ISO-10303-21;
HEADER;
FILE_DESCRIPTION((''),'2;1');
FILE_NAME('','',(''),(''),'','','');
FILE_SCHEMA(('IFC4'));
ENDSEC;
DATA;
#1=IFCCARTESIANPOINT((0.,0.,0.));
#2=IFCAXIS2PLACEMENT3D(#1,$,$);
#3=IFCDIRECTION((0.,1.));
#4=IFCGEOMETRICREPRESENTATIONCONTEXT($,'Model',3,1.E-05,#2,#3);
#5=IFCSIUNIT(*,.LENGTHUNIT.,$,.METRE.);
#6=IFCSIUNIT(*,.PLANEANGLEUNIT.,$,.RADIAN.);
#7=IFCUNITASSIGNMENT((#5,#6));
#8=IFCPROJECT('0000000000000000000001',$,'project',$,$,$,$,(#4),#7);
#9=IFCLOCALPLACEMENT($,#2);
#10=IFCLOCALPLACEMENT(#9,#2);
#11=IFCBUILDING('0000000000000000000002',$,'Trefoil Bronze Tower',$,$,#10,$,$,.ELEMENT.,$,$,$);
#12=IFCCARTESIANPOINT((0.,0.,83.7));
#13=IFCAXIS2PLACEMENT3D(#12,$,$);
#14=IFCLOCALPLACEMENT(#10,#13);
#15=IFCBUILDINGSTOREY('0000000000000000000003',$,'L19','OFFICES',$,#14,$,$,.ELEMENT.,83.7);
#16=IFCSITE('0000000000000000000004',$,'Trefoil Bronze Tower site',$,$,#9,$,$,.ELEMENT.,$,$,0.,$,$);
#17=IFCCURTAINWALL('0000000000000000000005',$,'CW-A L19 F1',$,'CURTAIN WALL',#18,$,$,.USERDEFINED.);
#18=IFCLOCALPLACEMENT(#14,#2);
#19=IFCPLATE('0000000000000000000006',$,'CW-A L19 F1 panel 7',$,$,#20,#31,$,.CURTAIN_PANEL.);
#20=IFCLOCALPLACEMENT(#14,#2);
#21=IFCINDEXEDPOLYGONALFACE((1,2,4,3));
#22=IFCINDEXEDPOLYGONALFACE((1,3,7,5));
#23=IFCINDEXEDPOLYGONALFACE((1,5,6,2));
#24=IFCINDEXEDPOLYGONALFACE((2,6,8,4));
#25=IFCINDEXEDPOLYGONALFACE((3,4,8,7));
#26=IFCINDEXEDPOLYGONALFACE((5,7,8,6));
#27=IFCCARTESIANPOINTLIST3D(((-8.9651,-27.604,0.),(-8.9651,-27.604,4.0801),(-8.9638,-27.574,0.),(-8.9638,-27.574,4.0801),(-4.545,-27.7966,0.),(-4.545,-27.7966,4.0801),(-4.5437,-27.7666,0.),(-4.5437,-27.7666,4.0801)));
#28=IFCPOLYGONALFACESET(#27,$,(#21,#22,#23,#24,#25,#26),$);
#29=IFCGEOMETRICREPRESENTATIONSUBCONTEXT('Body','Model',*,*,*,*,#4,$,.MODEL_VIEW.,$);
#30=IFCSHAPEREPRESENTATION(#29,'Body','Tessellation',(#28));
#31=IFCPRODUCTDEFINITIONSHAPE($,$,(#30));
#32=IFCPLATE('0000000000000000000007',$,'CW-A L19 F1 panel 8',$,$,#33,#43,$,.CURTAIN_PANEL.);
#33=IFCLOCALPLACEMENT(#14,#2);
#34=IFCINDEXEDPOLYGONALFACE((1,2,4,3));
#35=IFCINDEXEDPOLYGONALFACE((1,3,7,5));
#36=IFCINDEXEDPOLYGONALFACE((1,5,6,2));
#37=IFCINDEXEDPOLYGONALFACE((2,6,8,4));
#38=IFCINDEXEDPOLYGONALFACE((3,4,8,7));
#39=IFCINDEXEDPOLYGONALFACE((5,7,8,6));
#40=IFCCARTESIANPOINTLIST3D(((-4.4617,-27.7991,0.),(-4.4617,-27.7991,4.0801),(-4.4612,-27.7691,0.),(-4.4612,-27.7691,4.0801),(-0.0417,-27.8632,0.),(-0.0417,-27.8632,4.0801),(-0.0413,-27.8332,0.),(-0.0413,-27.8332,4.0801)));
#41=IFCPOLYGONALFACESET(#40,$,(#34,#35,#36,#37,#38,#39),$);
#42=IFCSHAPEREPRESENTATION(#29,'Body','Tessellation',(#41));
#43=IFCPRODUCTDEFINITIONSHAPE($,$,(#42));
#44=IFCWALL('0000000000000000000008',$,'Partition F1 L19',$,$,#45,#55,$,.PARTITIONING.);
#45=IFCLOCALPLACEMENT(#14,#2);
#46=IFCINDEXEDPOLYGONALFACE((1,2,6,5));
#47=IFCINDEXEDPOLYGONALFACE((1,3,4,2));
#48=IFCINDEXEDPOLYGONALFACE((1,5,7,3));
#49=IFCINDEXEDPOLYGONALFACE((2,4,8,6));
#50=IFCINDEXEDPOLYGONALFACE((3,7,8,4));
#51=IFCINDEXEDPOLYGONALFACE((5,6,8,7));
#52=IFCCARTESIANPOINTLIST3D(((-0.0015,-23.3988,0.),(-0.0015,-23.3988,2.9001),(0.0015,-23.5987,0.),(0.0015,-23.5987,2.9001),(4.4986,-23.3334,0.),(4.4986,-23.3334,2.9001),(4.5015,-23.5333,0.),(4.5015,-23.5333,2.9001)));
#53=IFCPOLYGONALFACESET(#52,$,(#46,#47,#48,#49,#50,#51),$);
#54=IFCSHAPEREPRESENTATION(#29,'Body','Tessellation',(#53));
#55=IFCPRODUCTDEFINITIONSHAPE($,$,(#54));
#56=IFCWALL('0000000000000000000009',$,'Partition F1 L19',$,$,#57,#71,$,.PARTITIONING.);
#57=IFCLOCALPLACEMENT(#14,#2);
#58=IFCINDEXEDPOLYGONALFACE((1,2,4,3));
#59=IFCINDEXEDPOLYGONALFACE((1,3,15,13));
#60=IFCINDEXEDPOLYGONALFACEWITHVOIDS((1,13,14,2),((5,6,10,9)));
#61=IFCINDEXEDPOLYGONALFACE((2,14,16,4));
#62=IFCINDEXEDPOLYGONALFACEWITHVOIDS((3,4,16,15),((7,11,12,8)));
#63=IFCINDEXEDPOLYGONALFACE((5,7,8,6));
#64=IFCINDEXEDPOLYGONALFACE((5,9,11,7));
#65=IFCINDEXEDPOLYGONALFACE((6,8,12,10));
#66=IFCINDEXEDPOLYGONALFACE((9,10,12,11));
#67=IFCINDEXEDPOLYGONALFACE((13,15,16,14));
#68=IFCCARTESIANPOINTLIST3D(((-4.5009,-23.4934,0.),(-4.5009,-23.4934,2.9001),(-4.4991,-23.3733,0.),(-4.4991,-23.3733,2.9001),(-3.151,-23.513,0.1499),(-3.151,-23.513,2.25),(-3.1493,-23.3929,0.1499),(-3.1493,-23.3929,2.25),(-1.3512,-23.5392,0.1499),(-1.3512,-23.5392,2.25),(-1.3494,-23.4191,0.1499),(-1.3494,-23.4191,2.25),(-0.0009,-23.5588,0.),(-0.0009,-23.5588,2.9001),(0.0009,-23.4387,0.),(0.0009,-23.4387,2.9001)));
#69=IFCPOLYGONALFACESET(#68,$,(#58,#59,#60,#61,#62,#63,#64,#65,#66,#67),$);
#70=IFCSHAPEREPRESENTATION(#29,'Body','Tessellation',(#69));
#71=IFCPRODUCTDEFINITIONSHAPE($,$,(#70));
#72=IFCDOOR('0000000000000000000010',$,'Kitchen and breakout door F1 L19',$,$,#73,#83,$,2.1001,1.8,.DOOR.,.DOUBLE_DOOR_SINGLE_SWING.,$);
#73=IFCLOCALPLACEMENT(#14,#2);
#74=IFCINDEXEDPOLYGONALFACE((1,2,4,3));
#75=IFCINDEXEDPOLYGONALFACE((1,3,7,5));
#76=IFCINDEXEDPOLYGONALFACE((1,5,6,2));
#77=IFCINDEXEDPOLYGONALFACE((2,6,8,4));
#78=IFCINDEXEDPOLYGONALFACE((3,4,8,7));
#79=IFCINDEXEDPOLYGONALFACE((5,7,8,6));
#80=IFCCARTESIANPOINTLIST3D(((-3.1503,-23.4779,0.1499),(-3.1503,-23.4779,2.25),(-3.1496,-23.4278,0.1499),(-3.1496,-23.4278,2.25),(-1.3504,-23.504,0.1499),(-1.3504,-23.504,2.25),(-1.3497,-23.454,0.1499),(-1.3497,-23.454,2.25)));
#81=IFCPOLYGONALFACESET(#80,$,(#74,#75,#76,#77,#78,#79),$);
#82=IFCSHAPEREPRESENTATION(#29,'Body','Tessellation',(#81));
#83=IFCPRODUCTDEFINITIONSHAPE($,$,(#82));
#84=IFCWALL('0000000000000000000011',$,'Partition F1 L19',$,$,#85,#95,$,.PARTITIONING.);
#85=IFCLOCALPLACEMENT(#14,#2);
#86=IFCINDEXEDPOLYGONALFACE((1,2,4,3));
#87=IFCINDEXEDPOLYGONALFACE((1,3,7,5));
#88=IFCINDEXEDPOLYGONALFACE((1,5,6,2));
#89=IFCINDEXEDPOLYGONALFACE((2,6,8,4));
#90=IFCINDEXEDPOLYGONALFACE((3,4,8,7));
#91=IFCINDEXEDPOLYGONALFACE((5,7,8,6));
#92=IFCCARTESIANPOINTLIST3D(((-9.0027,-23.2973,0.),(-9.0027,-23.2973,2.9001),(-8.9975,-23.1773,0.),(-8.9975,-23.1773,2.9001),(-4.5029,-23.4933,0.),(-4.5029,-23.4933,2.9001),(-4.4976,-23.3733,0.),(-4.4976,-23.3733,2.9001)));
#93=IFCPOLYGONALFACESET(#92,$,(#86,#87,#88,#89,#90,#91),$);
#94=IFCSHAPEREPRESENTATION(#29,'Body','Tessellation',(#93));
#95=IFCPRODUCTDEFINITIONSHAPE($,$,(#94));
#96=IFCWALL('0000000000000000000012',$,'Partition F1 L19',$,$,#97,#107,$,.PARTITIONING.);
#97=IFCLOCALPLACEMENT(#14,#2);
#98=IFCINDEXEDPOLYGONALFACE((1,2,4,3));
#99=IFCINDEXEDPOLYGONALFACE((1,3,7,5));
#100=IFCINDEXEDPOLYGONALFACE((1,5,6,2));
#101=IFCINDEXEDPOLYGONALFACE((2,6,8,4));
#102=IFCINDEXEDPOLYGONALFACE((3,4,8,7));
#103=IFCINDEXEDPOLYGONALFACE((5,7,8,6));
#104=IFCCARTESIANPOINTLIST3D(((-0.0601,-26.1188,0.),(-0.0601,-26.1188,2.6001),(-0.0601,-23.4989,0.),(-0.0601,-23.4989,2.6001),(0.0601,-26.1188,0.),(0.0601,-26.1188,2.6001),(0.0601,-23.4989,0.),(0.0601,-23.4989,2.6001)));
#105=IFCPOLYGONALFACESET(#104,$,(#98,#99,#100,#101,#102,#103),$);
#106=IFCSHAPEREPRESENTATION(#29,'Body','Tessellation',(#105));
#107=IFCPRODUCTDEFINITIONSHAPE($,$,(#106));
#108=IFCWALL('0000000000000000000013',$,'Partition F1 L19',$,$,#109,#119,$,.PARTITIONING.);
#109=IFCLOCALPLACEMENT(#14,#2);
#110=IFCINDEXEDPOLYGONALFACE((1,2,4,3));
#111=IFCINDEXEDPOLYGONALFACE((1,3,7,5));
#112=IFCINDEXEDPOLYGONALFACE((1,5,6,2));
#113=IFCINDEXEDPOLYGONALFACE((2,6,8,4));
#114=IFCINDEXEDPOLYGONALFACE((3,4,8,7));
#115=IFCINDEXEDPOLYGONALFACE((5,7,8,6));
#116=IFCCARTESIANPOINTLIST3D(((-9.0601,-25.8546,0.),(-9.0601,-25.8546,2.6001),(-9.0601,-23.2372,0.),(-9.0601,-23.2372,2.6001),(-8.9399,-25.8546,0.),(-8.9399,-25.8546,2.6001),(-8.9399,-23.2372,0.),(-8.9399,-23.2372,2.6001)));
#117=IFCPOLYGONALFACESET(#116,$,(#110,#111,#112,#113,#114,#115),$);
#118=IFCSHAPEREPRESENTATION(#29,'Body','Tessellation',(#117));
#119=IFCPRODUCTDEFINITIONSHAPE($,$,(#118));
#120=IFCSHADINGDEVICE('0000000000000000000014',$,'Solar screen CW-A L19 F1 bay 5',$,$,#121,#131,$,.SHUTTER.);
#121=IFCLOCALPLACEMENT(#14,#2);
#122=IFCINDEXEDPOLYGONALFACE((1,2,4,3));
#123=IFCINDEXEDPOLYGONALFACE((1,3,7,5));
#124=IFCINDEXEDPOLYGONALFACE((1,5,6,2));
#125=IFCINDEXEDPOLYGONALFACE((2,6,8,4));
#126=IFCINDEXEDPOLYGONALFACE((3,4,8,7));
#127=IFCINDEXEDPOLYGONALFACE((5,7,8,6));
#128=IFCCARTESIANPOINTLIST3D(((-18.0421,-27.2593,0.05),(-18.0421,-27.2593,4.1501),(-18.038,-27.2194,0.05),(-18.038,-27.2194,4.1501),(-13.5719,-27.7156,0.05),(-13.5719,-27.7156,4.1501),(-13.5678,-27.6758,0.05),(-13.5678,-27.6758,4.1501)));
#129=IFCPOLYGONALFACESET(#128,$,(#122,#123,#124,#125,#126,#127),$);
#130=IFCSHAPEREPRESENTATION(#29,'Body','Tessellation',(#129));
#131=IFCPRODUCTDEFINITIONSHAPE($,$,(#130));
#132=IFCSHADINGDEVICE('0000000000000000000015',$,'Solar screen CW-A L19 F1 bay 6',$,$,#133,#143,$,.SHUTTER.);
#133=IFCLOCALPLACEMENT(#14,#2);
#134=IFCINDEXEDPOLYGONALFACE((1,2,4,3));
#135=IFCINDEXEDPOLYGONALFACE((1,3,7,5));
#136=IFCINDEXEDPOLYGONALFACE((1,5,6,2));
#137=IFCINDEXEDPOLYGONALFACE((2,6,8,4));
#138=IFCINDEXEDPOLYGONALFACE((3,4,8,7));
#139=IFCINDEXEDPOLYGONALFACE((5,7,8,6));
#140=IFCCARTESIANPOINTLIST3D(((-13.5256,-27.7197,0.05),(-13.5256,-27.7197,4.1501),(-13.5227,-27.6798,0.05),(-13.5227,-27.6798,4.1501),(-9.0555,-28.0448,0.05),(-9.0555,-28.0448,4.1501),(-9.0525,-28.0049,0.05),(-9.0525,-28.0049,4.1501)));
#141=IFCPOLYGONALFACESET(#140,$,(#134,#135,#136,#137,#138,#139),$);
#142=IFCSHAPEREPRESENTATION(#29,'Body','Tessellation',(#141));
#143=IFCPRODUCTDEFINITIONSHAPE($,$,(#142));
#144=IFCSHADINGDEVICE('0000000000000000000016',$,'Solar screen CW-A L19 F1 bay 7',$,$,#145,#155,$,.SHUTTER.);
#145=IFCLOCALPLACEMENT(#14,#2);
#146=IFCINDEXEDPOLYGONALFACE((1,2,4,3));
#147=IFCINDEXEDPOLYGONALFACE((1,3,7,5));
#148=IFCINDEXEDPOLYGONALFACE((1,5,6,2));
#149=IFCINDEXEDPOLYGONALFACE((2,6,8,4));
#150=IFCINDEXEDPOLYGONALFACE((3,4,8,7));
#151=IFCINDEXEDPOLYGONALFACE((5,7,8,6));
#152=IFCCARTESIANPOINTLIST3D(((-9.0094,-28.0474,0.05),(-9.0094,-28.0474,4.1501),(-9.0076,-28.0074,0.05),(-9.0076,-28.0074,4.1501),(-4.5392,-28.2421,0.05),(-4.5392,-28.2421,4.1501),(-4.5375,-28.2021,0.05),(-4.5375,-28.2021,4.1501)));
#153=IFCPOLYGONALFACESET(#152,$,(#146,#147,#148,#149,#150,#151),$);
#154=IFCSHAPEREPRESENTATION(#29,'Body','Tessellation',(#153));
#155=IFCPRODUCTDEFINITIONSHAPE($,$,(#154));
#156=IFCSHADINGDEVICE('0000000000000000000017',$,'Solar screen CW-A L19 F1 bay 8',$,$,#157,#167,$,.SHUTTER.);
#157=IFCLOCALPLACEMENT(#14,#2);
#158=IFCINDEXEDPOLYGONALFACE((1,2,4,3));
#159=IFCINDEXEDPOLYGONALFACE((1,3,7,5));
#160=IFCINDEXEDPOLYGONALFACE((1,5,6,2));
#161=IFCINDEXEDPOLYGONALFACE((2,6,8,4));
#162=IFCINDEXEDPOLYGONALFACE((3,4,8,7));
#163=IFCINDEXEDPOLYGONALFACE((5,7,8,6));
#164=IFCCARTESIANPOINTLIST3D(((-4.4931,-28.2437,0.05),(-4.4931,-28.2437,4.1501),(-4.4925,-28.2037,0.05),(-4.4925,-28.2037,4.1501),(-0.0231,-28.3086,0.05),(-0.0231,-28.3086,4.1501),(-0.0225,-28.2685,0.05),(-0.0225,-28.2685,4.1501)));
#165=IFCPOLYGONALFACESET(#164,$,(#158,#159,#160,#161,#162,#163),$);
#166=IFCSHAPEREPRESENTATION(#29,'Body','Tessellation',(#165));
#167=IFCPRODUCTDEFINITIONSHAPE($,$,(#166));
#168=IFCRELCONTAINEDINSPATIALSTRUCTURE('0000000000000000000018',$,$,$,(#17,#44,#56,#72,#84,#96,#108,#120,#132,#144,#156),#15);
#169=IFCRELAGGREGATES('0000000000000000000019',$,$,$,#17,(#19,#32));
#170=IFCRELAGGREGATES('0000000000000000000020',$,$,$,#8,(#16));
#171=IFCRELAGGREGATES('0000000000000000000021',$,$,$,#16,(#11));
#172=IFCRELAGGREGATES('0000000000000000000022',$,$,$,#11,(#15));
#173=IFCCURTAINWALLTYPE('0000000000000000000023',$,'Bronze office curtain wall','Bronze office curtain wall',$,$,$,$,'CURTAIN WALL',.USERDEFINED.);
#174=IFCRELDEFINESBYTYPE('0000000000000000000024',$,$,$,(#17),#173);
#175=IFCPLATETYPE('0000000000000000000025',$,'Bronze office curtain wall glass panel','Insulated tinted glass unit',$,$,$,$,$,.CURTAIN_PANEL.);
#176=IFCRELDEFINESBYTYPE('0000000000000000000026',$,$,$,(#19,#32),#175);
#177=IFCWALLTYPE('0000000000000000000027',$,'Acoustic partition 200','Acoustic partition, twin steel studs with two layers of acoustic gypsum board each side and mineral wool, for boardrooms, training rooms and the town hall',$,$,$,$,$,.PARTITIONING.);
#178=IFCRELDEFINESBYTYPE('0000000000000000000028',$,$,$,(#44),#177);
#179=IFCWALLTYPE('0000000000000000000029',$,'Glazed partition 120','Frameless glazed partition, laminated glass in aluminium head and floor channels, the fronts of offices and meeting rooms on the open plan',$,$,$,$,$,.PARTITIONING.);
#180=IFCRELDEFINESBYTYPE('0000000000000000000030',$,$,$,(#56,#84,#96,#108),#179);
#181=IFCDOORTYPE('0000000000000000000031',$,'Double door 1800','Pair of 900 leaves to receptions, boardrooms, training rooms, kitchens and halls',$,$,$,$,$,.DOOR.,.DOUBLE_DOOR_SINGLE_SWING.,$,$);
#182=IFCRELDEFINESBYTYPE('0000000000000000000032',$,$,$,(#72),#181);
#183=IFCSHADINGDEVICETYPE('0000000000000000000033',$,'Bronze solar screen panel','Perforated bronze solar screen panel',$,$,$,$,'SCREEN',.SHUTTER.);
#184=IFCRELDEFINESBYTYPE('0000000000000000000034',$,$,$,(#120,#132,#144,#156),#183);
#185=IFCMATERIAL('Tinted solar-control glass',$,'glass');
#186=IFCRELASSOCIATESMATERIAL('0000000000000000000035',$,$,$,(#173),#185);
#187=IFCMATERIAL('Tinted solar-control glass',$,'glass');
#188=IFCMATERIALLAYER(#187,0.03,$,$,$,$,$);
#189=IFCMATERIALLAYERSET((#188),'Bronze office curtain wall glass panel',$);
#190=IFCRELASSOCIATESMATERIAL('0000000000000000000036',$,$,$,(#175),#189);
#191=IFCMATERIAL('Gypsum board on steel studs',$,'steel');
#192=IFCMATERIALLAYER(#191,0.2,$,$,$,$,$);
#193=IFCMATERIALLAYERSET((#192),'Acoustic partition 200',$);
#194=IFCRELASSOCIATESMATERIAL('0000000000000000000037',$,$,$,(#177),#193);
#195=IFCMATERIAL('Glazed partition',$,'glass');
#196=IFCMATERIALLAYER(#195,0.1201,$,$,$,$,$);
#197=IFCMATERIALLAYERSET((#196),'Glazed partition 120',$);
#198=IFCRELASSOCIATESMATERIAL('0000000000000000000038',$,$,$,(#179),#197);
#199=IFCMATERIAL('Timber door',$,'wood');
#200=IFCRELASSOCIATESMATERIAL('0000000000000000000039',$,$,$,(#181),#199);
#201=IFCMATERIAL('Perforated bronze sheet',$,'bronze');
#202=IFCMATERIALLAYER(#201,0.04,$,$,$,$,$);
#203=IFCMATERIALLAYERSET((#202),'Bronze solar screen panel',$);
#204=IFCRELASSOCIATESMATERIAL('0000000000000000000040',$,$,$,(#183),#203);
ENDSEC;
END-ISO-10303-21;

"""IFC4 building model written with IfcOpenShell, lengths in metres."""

from ifc_helpers import new_model, si_unit, direction, frame, frame_2d, origin, origin_2d, place, context, subcontext, project, spatial, rectangle, extrude, material, layer, layer_set, type_object, element, fill, aggregate, save


model = new_model("IFC4")

# Units and contexts
model_context = context("Model", 3, precision=1e-05, world=origin(), true_north=direction((0.0, 1.0)))
body_context = subcontext(model_context, "Body", "Model", "MODEL_VIEW")
ifc_project = project(units=[si_unit("LENGTHUNIT", "METRE"), si_unit("PLANEANGLEUNIT", "RADIAN")], contexts=[model_context])

# Site, building, storey
site_placement = place(None, origin())
site = spatial("IfcSite", under=ifc_project, at=site_placement, Name="Trefoil Bronze Tower site", CompositionType="ELEMENT", RefElevation=0.0)
building_placement = place(site_placement, origin())
building = spatial("IfcBuilding", under=site, at=building_placement, Name="Trefoil Bronze Tower", CompositionType="ELEMENT")
storey_placement = place(building_placement, frame((0.0, 0.0, 83.7)))
storey = spatial("IfcBuildingStorey", under=building, at=storey_placement, Name="L19", Description="OFFICES", CompositionType="ELEMENT", Elevation=83.7)

# Curtain wall
ifc_material_1 = material(Name="Tinted solar-control glass", Category="glass")
curtain_wall_type = type_object("IfcCurtainWallType", Name="Bronze office curtain wall", Description="Bronze office curtain wall", ElementType="CURTAIN WALL", PredefinedType="USERDEFINED", material=ifc_material_1)
curtain_wall_placement = place(storey_placement, origin())
curtain_wall = element("IfcCurtainWall", 1, at=curtain_wall_placement, inside=storey, type_object=curtain_wall_type, Name="CW-A L19 F1", ObjectType="CURTAIN WALL", PredefinedType="USERDEFINED")

# Plates
ifc_material_2 = material(Name="Tinted solar-control glass", Category="glass")
ifc_layer_1 = layer(ifc_material_2, 0.03)
ifc_layer_set_1 = layer_set([ifc_layer_1], Name="Bronze office curtain wall glass panel")
plate_type = type_object("IfcPlateType", Name="Bronze office curtain wall glass panel", Description="Insulated tinted glass unit", PredefinedType="CURTAIN_PANEL", material=ifc_layer_set_1)
plate_1_placement = place(storey_placement, frame((-6.7544, -27.6853, 0.0), z_axis=(0.0, 0.0, 1.0), x_axis=(0.999052, -0.043528, 0.0)))
plate_1 = element("IfcPlate", 2, at=plate_1_placement, type_object=plate_type, Name="CW-A L19 F1 panel 7", PredefinedType="CURTAIN_PANEL", context=body_context, shape_type="SweptSolid", body=[
    extrude(rectangle(XDim=4.4243, YDim=0.03, at=origin_2d()), origin(), (0.0, 0.0, 1.0), 4.0801),
])
plate_2_placement = place(storey_placement, frame((-2.2515, -27.8162, 0.0), z_axis=(0.0, 0.0, 1.0), x_axis=(0.999895, -0.014509, 0.0)))
plate_2 = element("IfcPlate", 3, at=plate_2_placement, type_object=plate_type, Name="CW-A L19 F1 panel 8", PredefinedType="CURTAIN_PANEL", context=body_context, shape_type="SweptSolid", body=[
    extrude(rectangle(XDim=4.4204, YDim=0.03, at=origin_2d()), origin(), (0.0, 0.0, 1.0), 4.0801),
])
aggregate(curtain_wall, [plate_1, plate_2])

# Wall
ifc_material_3 = material(Name="Gypsum board on steel studs", Category="steel")
ifc_layer_2 = layer(ifc_material_3, 0.2)
ifc_layer_set_2 = layer_set([ifc_layer_2], Name="Acoustic partition 200")
wall_type_1 = type_object("IfcWallType", Name="Acoustic partition 200", Description="Acoustic partition, twin steel studs with two layers of acoustic gypsum board each side and mineral wool, for boardrooms, training rooms and the town hall", PredefinedType="PARTITIONING", material=ifc_layer_set_2)
wall_1_placement = place(storey_placement, frame((0.0, -23.4988, 0.0), z_axis=(0.0, 0.0, 1.0), x_axis=(0.999894, 0.014538, 0.0)))
element("IfcWall", 4, at=wall_1_placement, inside=storey, type_object=wall_type_1, Name="Partition F1 L19", PredefinedType="PARTITIONING", context=body_context, shape_type="SweptSolid", body=[
    extrude(rectangle(XDim=4.5005, YDim=0.2, at=frame_2d((2.2502, 0.0))), origin(), (0.0, 0.0, 1.0), 2.9001),
])

# Wall, opening, door
ifc_material_4 = material(Name="Glazed partition", Category="glass")
ifc_layer_3 = layer(ifc_material_4, 0.1201)
ifc_layer_set_3 = layer_set([ifc_layer_3], Name="Glazed partition 120")
wall_type_2 = type_object("IfcWallType", Name="Glazed partition 120", Description="Frameless glazed partition, laminated glass in aluminium head and floor channels, the fronts of offices and meeting rooms on the open plan", PredefinedType="PARTITIONING", material=ifc_layer_set_3)
wall_2_placement = place(storey_placement, frame((-4.5, -23.4333, 0.0), z_axis=(0.0, 0.0, 1.0), x_axis=(0.999894, -0.014538, 0.0)))
wall_2 = element("IfcWall", 5, at=wall_2_placement, inside=storey, type_object=wall_type_2, Name="Partition F1 L19", PredefinedType="PARTITIONING", context=body_context, shape_type="SweptSolid", body=[
    extrude(rectangle(XDim=4.5005, YDim=0.1201, at=frame_2d((2.2502, 0.0))), origin(), (0.0, 0.0, 1.0), 2.9001),
])
opening_placement = place(wall_2_placement, frame((1.3501, 0.0, 0.1499)))
opening = element("IfcOpeningElement", 6, at=opening_placement, cuts=wall_2, PredefinedType="OPENING", context=body_context, shape_type="SweptSolid", body=[
    extrude(rectangle(XDim=1.8, YDim=2.1001, at=frame_2d((0.8999, 1.05))), frame((0.0, 0.0701, 0.0), z_axis=(0.0, -1.0, 0.0), x_axis=(1.0, 0.0, 0.0)), (0.0, 0.0, 1.0), 0.1401),
])
ifc_material_5 = material(Name="Timber door", Category="wood")
door_type = type_object("IfcDoorType", Name="Double door 1800", Description="Pair of 900 leaves to receptions, boardrooms, training rooms, kitchens and halls", OperationType="DOUBLE_DOOR_SINGLE_SWING", PredefinedType="DOOR", material=ifc_material_5)
door_placement = place(opening_placement, frame((1.8, 0.0, 0.0), z_axis=(0.0, 0.0, 1.0), x_axis=(-1.0, 0.0, 0.0)))
door = element("IfcDoor", 7, at=door_placement, inside=storey, type_object=door_type, Name="Kitchen and breakout door F1 L19", OperationType="DOUBLE_DOOR_SINGLE_SWING", OverallHeight=2.1001, OverallWidth=1.8, PredefinedType="DOOR", context=body_context, shape_type="SweptSolid", body=[
    extrude(rectangle(XDim=1.8, YDim=2.1001, at=frame_2d((0.8999, 1.05))), frame((0.0, 0.0249, 0.0), z_axis=(0.0, -1.0, 0.0), x_axis=(1.0, 0.0, 0.0)), (0.0, 0.0, 1.0), 0.05),
])
fill(opening, door)

# Walls
wall_3_placement = place(storey_placement, frame((-9.0, -23.2373, 0.0), z_axis=(0.0, 0.0, 1.0), x_axis=(0.999052, -0.043524, 0.0)))
element("IfcWall", 8, at=wall_3_placement, inside=storey, type_object=wall_type_2, Name="Partition F1 L19", PredefinedType="PARTITIONING", context=body_context, shape_type="SweptSolid", body=[
    extrude(rectangle(XDim=4.5042, YDim=0.1201, at=frame_2d((2.252, 0.0))), origin(), (0.0, 0.0, 1.0), 2.9001),
])
wall_4_placement = place(storey_placement, frame((0.0, -23.4988, 0.0), z_axis=(0.0, 0.0, 1.0), x_axis=(0.0, -1.0, 0.0)))
element("IfcWall", 9, at=wall_4_placement, inside=storey, type_object=wall_type_2, Name="Partition F1 L19", PredefinedType="PARTITIONING", context=body_context, shape_type="SweptSolid", body=[
    extrude(rectangle(XDim=2.6199, YDim=0.1201, at=frame_2d((1.3101, 0.0))), origin(), (0.0, 0.0, 1.0), 2.6001),
])
wall_5_placement = place(storey_placement, frame((-9.0, -23.2373, 0.0), z_axis=(0.0, 0.0, 1.0), x_axis=(0.0, -1.0, 0.0)))
element("IfcWall", 10, at=wall_5_placement, inside=storey, type_object=wall_type_2, Name="Partition F1 L19", PredefinedType="PARTITIONING", context=body_context, shape_type="SweptSolid", body=[
    extrude(rectangle(XDim=2.6174, YDim=0.1201, at=frame_2d((1.3086, 0.0))), origin(), (0.0, 0.0, 1.0), 2.6001),
])

# Shading devices
ifc_material_6 = material(Name="Perforated bronze sheet", Category="bronze")
ifc_layer_4 = layer(ifc_material_6, 0.04)
ifc_layer_set_4 = layer_set([ifc_layer_4], Name="Bronze solar screen panel")
shading_device_type = type_object("IfcShadingDeviceType", Name="Bronze solar screen panel", Description="Perforated bronze solar screen panel", ElementType="SCREEN", PredefinedType="SHUTTER", material=ifc_layer_set_4)
shading_device_1_placement = place(storey_placement, frame((-15.8049, -27.4675, 0.05), z_axis=(0.0, 0.0, 1.0), x_axis=(0.994829, -0.101565, 0.0)))
element("IfcShadingDevice", 11, at=shading_device_1_placement, inside=storey, type_object=shading_device_type, Name="Solar screen CW-A L19 F1 bay 5", PredefinedType="SHUTTER", context=body_context, shape_type="SweptSolid", body=[
    extrude(rectangle(XDim=4.4934, YDim=0.04, at=origin_2d()), origin(), (0.0, 0.0, 1.0), 4.1001),
])
shading_device_2_placement = place(storey_placement, frame((-11.2891, -27.8623, 0.05), z_axis=(0.0, 0.0, 1.0), x_axis=(0.997365, -0.072547, 0.0)))
element("IfcShadingDevice", 12, at=shading_device_2_placement, inside=storey, type_object=shading_device_type, Name="Solar screen CW-A L19 F1 bay 6", PredefinedType="SHUTTER", context=body_context, shape_type="SweptSolid", body=[
    extrude(rectangle(XDim=4.4819, YDim=0.04, at=origin_2d()), origin(), (0.0, 0.0, 1.0), 4.1001),
])
shading_device_3_placement = place(storey_placement, frame((-6.7734, -28.1248, 0.05), z_axis=(0.0, 0.0, 1.0), x_axis=(0.999052, -0.043528, 0.0)))
element("IfcShadingDevice", 13, at=shading_device_3_placement, inside=storey, type_object=shading_device_type, Name="Solar screen CW-A L19 F1 bay 7", PredefinedType="SHUTTER", context=body_context, shape_type="SweptSolid", body=[
    extrude(rectangle(XDim=4.4744, YDim=0.04, at=origin_2d()), origin(), (0.0, 0.0, 1.0), 4.1001),
])
shading_device_4_placement = place(storey_placement, frame((-2.2578, -28.2561, 0.05), z_axis=(0.0, 0.0, 1.0), x_axis=(0.999895, -0.014509, 0.0)))
element("IfcShadingDevice", 14, at=shading_device_4_placement, inside=storey, type_object=shading_device_type, Name="Solar screen CW-A L19 F1 bay 8", PredefinedType="SHUTTER", context=body_context, shape_type="SweptSolid", body=[
    extrude(rectangle(XDim=4.4705, YDim=0.04, at=origin_2d()), origin(), (0.0, 0.0, 1.0), 4.1001),
])

save(model, "model.ifc")
